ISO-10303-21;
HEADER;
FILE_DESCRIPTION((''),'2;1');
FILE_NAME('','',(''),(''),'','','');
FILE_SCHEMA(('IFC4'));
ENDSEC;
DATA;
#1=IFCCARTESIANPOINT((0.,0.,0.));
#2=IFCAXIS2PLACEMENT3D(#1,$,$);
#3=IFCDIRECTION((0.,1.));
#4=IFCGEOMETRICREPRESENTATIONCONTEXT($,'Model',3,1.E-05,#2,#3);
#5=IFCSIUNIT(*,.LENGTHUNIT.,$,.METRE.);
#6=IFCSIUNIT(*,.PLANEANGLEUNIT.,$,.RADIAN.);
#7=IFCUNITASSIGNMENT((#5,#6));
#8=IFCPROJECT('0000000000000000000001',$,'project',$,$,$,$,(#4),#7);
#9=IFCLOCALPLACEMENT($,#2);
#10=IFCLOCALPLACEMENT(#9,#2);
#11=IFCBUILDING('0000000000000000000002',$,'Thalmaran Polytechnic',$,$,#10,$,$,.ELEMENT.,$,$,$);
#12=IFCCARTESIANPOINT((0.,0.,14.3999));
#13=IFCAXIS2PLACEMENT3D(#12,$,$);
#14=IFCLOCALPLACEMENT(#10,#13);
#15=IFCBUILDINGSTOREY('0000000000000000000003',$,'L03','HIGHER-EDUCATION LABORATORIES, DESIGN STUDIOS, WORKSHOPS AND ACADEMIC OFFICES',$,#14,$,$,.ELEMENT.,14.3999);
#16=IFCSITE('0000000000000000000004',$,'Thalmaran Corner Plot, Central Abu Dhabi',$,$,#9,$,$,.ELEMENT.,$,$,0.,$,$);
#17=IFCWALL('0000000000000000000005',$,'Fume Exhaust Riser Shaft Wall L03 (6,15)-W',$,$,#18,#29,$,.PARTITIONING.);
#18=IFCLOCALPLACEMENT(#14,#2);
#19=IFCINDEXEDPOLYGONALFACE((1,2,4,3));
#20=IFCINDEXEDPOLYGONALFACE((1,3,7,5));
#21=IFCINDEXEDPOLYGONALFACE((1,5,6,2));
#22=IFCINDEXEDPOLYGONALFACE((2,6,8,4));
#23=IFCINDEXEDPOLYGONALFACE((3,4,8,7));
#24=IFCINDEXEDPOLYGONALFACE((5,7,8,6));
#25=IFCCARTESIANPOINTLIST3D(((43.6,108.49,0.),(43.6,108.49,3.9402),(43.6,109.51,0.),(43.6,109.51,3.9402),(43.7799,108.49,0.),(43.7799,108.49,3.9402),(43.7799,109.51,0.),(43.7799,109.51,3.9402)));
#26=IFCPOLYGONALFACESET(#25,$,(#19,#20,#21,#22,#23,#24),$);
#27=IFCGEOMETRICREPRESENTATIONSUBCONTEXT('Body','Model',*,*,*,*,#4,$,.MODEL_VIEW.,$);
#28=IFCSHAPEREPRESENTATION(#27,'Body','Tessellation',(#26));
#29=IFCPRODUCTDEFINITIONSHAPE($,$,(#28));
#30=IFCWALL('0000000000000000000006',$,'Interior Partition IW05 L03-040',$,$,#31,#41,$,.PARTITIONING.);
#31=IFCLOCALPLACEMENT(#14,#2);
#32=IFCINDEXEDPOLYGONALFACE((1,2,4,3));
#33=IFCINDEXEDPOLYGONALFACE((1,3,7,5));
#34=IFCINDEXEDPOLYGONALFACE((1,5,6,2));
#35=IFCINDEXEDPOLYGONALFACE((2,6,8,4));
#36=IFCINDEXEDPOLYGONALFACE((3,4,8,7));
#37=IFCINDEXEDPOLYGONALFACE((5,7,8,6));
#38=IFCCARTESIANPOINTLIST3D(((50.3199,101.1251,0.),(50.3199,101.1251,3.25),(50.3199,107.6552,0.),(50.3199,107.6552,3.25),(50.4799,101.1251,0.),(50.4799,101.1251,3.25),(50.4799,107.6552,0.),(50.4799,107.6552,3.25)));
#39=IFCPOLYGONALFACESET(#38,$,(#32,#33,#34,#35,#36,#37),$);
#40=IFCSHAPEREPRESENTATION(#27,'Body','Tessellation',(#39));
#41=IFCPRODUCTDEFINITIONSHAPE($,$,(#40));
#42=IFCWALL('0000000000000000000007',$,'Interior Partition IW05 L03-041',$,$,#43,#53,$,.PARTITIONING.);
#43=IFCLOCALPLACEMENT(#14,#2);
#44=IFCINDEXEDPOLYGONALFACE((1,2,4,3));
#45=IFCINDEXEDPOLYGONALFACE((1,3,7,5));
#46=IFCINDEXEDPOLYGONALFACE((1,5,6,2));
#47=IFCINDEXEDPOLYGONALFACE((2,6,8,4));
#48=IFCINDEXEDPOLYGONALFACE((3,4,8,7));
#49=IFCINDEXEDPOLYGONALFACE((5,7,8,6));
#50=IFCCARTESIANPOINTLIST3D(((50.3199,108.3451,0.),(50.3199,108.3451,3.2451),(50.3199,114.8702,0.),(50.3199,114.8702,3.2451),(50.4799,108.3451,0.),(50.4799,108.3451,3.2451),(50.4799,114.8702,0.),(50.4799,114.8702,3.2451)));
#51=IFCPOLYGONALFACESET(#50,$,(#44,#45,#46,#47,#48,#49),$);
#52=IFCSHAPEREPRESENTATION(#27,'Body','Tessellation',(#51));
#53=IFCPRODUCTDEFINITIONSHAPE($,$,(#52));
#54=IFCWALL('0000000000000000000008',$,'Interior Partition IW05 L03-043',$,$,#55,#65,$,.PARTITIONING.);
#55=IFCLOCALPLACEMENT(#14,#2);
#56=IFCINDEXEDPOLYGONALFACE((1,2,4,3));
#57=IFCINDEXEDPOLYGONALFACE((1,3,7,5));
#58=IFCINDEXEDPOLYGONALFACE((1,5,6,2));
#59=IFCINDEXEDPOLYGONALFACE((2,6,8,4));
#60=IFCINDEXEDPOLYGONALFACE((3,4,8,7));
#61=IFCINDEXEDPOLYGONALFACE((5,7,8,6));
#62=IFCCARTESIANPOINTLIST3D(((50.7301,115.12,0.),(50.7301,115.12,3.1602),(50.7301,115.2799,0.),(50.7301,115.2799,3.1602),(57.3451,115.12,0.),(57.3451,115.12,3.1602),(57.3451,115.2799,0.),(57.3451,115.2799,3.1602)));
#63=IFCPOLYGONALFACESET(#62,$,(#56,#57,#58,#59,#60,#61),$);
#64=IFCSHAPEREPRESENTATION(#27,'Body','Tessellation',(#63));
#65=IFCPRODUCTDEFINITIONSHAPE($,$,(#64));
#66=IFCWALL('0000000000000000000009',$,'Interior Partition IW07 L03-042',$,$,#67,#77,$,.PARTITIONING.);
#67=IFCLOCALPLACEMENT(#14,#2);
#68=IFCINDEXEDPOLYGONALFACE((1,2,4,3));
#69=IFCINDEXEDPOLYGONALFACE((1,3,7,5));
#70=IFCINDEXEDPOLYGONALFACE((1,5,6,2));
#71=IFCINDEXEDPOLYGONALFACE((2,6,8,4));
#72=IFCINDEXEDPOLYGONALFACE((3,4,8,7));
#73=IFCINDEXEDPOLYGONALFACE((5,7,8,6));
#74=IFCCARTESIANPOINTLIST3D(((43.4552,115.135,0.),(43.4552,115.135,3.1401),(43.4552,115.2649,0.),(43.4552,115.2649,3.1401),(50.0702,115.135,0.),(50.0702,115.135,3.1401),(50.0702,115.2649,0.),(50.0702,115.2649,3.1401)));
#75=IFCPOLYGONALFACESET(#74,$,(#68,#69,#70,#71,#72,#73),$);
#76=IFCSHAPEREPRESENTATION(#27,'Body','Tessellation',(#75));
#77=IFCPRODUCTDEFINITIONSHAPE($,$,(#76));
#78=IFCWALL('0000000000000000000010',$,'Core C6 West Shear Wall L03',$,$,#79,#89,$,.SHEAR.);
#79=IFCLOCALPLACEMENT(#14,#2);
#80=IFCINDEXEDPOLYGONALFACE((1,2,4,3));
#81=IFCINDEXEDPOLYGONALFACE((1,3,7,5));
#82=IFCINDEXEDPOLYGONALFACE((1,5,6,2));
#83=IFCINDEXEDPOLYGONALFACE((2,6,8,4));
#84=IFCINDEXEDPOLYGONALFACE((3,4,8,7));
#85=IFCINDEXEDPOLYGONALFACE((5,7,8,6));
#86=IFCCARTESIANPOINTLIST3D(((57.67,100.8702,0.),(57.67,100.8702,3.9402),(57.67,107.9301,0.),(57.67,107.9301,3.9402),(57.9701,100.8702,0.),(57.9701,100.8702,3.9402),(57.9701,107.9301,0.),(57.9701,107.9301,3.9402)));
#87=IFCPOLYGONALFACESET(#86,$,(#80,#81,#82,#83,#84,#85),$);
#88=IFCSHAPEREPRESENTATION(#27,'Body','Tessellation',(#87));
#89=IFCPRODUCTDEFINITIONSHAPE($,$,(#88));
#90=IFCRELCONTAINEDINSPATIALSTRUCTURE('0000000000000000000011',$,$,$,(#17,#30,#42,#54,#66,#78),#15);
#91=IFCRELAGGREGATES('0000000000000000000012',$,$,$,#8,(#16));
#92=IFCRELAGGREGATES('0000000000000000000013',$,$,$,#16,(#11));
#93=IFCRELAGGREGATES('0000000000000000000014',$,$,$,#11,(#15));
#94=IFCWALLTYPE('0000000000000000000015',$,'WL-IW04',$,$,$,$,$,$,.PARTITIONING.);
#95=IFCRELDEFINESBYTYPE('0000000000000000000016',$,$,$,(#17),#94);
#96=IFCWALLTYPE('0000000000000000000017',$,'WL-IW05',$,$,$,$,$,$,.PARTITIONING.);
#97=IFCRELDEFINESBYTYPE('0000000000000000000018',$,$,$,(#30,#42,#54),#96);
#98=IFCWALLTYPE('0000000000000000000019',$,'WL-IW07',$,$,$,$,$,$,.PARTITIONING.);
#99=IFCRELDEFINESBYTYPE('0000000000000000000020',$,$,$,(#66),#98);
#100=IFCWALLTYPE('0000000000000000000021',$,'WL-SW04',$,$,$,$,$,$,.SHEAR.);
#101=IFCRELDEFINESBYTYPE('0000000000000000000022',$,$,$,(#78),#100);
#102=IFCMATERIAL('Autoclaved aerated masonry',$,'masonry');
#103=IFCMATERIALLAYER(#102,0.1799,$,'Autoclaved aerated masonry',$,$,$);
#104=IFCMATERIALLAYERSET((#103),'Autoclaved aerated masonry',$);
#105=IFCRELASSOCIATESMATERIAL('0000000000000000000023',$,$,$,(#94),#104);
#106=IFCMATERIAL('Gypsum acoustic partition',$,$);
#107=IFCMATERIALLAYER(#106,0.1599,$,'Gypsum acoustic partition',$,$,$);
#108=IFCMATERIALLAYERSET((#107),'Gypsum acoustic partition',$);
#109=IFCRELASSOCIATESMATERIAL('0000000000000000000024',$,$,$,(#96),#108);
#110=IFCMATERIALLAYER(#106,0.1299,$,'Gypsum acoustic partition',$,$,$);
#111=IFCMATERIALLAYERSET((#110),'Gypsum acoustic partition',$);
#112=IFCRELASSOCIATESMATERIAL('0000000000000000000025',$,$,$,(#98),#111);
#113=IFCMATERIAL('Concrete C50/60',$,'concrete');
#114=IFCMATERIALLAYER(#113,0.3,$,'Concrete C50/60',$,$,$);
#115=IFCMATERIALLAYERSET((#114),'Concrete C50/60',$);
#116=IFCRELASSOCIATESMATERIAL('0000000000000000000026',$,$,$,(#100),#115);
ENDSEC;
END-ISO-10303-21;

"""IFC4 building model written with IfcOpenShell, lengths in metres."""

from ifc_helpers import new_model, si_unit, direction, frame, frame_2d, origin, place, context, subcontext, project, spatial, rectangle, extrude, material, layer, layer_set, type_object, element, save


model = new_model("IFC4")

# Units and contexts
model_context = context("Model", 3, precision=1e-05, world=origin(), true_north=direction((0.0, 1.0)))
body_context = subcontext(model_context, "Body", "Model", "MODEL_VIEW")
ifc_project = project(units=[si_unit("LENGTHUNIT", "METRE"), si_unit("PLANEANGLEUNIT", "RADIAN")], contexts=[model_context])

# Site, building, storey
site_placement = place(None, origin())
site = spatial("IfcSite", under=ifc_project, at=site_placement, Name="Thalmaran Corner Plot, Central Abu Dhabi", CompositionType="ELEMENT", RefElevation=0.0)
building_placement = place(site_placement, origin())
building = spatial("IfcBuilding", under=site, at=building_placement, Name="Thalmaran Polytechnic", CompositionType="ELEMENT")
storey_placement = place(building_placement, frame((0.0, 0.0, 14.3999)))
storey = spatial("IfcBuildingStorey", under=building, at=storey_placement, Name="L03", Description="HIGHER-EDUCATION LABORATORIES, DESIGN STUDIOS, WORKSHOPS AND ACADEMIC OFFICES", CompositionType="ELEMENT", Elevation=14.3999)

# Walls
ifc_material_1 = material(Name="Autoclaved aerated masonry", Category="masonry")
ifc_layer_1 = layer(ifc_material_1, 0.1799, Name="Autoclaved aerated masonry")
ifc_layer_set_1 = layer_set([ifc_layer_1], Name="Autoclaved aerated masonry")
wall_type_1 = type_object("IfcWallType", Name="WL-IW04", PredefinedType="PARTITIONING", material=ifc_layer_set_1)
for number, where, z_axis, x_axis, name in (
    (1, (43.6899, 109.51, 0.0), (0.0, 0.0, 1.0), (0.0, -1.0, 0.0), "Fume Exhaust Riser Shaft Wall L03 (6,15)-W"),
):
    element("IfcWall", number, at=place(storey_placement, frame(where, z_axis=z_axis, x_axis=x_axis)), inside=storey, type_object=wall_type_1, Name=name, PredefinedType="PARTITIONING", context=body_context, shape_type="SweptSolid", body=[
        extrude(rectangle(XDim=1.02, YDim=0.1799, at=frame_2d((0.51, 0.0))), origin(), (0.0, 0.0, 1.0), 3.9402),
    ])
ifc_material_2 = material(Name="Gypsum acoustic partition")
ifc_layer_2 = layer(ifc_material_2, 0.1599, Name="Gypsum acoustic partition")
ifc_layer_set_2 = layer_set([ifc_layer_2], Name="Gypsum acoustic partition")
wall_type_2 = type_object("IfcWallType", Name="WL-IW05", PredefinedType="PARTITIONING", material=ifc_layer_set_2)
wall_1_placement = place(storey_placement, frame((50.3999, 101.125, 0.0), z_axis=(0.0, 0.0, 1.0), x_axis=(0.0, 1.0, 0.0)))
element("IfcWall", 2, at=wall_1_placement, inside=storey, type_object=wall_type_2, Name="Interior Partition IW05 L03-040", PredefinedType="PARTITIONING", context=body_context, shape_type="SweptSolid", body=[
    extrude(rectangle(XDim=6.53, YDim=0.1599, at=frame_2d((3.2651, 0.0))), origin(), (0.0, 0.0, 1.0), 3.25),
])
wall_2_placement = place(storey_placement, frame((50.3999, 108.345, 0.0), z_axis=(0.0, 0.0, 1.0), x_axis=(0.0, 1.0, 0.0)))
element("IfcWall", 3, at=wall_2_placement, inside=storey, type_object=wall_type_2, Name="Interior Partition IW05 L03-041", PredefinedType="PARTITIONING", context=body_context, shape_type="SweptSolid", body=[
    extrude(rectangle(XDim=6.5251, YDim=0.1599, at=frame_2d((3.2627, 0.0))), origin(), (0.0, 0.0, 1.0), 3.2451),
])
wall_3_placement = place(storey_placement, frame((50.73, 115.2, 0.0), z_axis=(0.0, 0.0, 1.0), x_axis=(1.0, 0.0, 0.0)))
element("IfcWall", 4, at=wall_3_placement, inside=storey, type_object=wall_type_2, Name="Interior Partition IW05 L03-043", PredefinedType="PARTITIONING", context=body_context, shape_type="SweptSolid", body=[
    extrude(rectangle(XDim=6.615, YDim=0.1599, at=frame_2d((3.3076, 0.0))), origin(), (0.0, 0.0, 1.0), 3.1602),
])
ifc_layer_3 = layer(ifc_material_2, 0.1299, Name="Gypsum acoustic partition")
ifc_layer_set_3 = layer_set([ifc_layer_3], Name="Gypsum acoustic partition")
wall_type_3 = type_object("IfcWallType", Name="WL-IW07", PredefinedType="PARTITIONING", material=ifc_layer_set_3)
wall_4_placement = place(storey_placement, frame((43.4551, 115.2, 0.0), z_axis=(0.0, 0.0, 1.0), x_axis=(1.0, 0.0, 0.0)))
element("IfcWall", 5, at=wall_4_placement, inside=storey, type_object=wall_type_3, Name="Interior Partition IW07 L03-042", PredefinedType="PARTITIONING", context=body_context, shape_type="SweptSolid", body=[
    extrude(rectangle(XDim=6.615, YDim=0.1299, at=frame_2d((3.3076, 0.0))), origin(), (0.0, 0.0, 1.0), 3.1401),
])
ifc_material_3 = material(Name="Concrete C50/60", Category="concrete")
ifc_layer_4 = layer(ifc_material_3, 0.3, Name="Concrete C50/60")
ifc_layer_set_4 = layer_set([ifc_layer_4], Name="Concrete C50/60")
wall_type_4 = type_object("IfcWallType", Name="WL-SW04", PredefinedType="SHEAR", material=ifc_layer_set_4)
wall_5_placement = place(storey_placement, frame((57.8201, 107.9299, 0.0), z_axis=(0.0, 0.0, 1.0), x_axis=(0.0, -1.0, 0.0)))
element("IfcWall", 6, at=wall_5_placement, inside=storey, type_object=wall_type_4, Name="Core C6 West Shear Wall L03", PredefinedType="SHEAR", context=body_context, shape_type="SweptSolid", body=[
    extrude(rectangle(XDim=7.0598, YDim=0.3, at=frame_2d((3.5298, 0.0))), origin(), (0.0, 0.0, 1.0), 3.9402),
])

save(model, "model.ifc")
